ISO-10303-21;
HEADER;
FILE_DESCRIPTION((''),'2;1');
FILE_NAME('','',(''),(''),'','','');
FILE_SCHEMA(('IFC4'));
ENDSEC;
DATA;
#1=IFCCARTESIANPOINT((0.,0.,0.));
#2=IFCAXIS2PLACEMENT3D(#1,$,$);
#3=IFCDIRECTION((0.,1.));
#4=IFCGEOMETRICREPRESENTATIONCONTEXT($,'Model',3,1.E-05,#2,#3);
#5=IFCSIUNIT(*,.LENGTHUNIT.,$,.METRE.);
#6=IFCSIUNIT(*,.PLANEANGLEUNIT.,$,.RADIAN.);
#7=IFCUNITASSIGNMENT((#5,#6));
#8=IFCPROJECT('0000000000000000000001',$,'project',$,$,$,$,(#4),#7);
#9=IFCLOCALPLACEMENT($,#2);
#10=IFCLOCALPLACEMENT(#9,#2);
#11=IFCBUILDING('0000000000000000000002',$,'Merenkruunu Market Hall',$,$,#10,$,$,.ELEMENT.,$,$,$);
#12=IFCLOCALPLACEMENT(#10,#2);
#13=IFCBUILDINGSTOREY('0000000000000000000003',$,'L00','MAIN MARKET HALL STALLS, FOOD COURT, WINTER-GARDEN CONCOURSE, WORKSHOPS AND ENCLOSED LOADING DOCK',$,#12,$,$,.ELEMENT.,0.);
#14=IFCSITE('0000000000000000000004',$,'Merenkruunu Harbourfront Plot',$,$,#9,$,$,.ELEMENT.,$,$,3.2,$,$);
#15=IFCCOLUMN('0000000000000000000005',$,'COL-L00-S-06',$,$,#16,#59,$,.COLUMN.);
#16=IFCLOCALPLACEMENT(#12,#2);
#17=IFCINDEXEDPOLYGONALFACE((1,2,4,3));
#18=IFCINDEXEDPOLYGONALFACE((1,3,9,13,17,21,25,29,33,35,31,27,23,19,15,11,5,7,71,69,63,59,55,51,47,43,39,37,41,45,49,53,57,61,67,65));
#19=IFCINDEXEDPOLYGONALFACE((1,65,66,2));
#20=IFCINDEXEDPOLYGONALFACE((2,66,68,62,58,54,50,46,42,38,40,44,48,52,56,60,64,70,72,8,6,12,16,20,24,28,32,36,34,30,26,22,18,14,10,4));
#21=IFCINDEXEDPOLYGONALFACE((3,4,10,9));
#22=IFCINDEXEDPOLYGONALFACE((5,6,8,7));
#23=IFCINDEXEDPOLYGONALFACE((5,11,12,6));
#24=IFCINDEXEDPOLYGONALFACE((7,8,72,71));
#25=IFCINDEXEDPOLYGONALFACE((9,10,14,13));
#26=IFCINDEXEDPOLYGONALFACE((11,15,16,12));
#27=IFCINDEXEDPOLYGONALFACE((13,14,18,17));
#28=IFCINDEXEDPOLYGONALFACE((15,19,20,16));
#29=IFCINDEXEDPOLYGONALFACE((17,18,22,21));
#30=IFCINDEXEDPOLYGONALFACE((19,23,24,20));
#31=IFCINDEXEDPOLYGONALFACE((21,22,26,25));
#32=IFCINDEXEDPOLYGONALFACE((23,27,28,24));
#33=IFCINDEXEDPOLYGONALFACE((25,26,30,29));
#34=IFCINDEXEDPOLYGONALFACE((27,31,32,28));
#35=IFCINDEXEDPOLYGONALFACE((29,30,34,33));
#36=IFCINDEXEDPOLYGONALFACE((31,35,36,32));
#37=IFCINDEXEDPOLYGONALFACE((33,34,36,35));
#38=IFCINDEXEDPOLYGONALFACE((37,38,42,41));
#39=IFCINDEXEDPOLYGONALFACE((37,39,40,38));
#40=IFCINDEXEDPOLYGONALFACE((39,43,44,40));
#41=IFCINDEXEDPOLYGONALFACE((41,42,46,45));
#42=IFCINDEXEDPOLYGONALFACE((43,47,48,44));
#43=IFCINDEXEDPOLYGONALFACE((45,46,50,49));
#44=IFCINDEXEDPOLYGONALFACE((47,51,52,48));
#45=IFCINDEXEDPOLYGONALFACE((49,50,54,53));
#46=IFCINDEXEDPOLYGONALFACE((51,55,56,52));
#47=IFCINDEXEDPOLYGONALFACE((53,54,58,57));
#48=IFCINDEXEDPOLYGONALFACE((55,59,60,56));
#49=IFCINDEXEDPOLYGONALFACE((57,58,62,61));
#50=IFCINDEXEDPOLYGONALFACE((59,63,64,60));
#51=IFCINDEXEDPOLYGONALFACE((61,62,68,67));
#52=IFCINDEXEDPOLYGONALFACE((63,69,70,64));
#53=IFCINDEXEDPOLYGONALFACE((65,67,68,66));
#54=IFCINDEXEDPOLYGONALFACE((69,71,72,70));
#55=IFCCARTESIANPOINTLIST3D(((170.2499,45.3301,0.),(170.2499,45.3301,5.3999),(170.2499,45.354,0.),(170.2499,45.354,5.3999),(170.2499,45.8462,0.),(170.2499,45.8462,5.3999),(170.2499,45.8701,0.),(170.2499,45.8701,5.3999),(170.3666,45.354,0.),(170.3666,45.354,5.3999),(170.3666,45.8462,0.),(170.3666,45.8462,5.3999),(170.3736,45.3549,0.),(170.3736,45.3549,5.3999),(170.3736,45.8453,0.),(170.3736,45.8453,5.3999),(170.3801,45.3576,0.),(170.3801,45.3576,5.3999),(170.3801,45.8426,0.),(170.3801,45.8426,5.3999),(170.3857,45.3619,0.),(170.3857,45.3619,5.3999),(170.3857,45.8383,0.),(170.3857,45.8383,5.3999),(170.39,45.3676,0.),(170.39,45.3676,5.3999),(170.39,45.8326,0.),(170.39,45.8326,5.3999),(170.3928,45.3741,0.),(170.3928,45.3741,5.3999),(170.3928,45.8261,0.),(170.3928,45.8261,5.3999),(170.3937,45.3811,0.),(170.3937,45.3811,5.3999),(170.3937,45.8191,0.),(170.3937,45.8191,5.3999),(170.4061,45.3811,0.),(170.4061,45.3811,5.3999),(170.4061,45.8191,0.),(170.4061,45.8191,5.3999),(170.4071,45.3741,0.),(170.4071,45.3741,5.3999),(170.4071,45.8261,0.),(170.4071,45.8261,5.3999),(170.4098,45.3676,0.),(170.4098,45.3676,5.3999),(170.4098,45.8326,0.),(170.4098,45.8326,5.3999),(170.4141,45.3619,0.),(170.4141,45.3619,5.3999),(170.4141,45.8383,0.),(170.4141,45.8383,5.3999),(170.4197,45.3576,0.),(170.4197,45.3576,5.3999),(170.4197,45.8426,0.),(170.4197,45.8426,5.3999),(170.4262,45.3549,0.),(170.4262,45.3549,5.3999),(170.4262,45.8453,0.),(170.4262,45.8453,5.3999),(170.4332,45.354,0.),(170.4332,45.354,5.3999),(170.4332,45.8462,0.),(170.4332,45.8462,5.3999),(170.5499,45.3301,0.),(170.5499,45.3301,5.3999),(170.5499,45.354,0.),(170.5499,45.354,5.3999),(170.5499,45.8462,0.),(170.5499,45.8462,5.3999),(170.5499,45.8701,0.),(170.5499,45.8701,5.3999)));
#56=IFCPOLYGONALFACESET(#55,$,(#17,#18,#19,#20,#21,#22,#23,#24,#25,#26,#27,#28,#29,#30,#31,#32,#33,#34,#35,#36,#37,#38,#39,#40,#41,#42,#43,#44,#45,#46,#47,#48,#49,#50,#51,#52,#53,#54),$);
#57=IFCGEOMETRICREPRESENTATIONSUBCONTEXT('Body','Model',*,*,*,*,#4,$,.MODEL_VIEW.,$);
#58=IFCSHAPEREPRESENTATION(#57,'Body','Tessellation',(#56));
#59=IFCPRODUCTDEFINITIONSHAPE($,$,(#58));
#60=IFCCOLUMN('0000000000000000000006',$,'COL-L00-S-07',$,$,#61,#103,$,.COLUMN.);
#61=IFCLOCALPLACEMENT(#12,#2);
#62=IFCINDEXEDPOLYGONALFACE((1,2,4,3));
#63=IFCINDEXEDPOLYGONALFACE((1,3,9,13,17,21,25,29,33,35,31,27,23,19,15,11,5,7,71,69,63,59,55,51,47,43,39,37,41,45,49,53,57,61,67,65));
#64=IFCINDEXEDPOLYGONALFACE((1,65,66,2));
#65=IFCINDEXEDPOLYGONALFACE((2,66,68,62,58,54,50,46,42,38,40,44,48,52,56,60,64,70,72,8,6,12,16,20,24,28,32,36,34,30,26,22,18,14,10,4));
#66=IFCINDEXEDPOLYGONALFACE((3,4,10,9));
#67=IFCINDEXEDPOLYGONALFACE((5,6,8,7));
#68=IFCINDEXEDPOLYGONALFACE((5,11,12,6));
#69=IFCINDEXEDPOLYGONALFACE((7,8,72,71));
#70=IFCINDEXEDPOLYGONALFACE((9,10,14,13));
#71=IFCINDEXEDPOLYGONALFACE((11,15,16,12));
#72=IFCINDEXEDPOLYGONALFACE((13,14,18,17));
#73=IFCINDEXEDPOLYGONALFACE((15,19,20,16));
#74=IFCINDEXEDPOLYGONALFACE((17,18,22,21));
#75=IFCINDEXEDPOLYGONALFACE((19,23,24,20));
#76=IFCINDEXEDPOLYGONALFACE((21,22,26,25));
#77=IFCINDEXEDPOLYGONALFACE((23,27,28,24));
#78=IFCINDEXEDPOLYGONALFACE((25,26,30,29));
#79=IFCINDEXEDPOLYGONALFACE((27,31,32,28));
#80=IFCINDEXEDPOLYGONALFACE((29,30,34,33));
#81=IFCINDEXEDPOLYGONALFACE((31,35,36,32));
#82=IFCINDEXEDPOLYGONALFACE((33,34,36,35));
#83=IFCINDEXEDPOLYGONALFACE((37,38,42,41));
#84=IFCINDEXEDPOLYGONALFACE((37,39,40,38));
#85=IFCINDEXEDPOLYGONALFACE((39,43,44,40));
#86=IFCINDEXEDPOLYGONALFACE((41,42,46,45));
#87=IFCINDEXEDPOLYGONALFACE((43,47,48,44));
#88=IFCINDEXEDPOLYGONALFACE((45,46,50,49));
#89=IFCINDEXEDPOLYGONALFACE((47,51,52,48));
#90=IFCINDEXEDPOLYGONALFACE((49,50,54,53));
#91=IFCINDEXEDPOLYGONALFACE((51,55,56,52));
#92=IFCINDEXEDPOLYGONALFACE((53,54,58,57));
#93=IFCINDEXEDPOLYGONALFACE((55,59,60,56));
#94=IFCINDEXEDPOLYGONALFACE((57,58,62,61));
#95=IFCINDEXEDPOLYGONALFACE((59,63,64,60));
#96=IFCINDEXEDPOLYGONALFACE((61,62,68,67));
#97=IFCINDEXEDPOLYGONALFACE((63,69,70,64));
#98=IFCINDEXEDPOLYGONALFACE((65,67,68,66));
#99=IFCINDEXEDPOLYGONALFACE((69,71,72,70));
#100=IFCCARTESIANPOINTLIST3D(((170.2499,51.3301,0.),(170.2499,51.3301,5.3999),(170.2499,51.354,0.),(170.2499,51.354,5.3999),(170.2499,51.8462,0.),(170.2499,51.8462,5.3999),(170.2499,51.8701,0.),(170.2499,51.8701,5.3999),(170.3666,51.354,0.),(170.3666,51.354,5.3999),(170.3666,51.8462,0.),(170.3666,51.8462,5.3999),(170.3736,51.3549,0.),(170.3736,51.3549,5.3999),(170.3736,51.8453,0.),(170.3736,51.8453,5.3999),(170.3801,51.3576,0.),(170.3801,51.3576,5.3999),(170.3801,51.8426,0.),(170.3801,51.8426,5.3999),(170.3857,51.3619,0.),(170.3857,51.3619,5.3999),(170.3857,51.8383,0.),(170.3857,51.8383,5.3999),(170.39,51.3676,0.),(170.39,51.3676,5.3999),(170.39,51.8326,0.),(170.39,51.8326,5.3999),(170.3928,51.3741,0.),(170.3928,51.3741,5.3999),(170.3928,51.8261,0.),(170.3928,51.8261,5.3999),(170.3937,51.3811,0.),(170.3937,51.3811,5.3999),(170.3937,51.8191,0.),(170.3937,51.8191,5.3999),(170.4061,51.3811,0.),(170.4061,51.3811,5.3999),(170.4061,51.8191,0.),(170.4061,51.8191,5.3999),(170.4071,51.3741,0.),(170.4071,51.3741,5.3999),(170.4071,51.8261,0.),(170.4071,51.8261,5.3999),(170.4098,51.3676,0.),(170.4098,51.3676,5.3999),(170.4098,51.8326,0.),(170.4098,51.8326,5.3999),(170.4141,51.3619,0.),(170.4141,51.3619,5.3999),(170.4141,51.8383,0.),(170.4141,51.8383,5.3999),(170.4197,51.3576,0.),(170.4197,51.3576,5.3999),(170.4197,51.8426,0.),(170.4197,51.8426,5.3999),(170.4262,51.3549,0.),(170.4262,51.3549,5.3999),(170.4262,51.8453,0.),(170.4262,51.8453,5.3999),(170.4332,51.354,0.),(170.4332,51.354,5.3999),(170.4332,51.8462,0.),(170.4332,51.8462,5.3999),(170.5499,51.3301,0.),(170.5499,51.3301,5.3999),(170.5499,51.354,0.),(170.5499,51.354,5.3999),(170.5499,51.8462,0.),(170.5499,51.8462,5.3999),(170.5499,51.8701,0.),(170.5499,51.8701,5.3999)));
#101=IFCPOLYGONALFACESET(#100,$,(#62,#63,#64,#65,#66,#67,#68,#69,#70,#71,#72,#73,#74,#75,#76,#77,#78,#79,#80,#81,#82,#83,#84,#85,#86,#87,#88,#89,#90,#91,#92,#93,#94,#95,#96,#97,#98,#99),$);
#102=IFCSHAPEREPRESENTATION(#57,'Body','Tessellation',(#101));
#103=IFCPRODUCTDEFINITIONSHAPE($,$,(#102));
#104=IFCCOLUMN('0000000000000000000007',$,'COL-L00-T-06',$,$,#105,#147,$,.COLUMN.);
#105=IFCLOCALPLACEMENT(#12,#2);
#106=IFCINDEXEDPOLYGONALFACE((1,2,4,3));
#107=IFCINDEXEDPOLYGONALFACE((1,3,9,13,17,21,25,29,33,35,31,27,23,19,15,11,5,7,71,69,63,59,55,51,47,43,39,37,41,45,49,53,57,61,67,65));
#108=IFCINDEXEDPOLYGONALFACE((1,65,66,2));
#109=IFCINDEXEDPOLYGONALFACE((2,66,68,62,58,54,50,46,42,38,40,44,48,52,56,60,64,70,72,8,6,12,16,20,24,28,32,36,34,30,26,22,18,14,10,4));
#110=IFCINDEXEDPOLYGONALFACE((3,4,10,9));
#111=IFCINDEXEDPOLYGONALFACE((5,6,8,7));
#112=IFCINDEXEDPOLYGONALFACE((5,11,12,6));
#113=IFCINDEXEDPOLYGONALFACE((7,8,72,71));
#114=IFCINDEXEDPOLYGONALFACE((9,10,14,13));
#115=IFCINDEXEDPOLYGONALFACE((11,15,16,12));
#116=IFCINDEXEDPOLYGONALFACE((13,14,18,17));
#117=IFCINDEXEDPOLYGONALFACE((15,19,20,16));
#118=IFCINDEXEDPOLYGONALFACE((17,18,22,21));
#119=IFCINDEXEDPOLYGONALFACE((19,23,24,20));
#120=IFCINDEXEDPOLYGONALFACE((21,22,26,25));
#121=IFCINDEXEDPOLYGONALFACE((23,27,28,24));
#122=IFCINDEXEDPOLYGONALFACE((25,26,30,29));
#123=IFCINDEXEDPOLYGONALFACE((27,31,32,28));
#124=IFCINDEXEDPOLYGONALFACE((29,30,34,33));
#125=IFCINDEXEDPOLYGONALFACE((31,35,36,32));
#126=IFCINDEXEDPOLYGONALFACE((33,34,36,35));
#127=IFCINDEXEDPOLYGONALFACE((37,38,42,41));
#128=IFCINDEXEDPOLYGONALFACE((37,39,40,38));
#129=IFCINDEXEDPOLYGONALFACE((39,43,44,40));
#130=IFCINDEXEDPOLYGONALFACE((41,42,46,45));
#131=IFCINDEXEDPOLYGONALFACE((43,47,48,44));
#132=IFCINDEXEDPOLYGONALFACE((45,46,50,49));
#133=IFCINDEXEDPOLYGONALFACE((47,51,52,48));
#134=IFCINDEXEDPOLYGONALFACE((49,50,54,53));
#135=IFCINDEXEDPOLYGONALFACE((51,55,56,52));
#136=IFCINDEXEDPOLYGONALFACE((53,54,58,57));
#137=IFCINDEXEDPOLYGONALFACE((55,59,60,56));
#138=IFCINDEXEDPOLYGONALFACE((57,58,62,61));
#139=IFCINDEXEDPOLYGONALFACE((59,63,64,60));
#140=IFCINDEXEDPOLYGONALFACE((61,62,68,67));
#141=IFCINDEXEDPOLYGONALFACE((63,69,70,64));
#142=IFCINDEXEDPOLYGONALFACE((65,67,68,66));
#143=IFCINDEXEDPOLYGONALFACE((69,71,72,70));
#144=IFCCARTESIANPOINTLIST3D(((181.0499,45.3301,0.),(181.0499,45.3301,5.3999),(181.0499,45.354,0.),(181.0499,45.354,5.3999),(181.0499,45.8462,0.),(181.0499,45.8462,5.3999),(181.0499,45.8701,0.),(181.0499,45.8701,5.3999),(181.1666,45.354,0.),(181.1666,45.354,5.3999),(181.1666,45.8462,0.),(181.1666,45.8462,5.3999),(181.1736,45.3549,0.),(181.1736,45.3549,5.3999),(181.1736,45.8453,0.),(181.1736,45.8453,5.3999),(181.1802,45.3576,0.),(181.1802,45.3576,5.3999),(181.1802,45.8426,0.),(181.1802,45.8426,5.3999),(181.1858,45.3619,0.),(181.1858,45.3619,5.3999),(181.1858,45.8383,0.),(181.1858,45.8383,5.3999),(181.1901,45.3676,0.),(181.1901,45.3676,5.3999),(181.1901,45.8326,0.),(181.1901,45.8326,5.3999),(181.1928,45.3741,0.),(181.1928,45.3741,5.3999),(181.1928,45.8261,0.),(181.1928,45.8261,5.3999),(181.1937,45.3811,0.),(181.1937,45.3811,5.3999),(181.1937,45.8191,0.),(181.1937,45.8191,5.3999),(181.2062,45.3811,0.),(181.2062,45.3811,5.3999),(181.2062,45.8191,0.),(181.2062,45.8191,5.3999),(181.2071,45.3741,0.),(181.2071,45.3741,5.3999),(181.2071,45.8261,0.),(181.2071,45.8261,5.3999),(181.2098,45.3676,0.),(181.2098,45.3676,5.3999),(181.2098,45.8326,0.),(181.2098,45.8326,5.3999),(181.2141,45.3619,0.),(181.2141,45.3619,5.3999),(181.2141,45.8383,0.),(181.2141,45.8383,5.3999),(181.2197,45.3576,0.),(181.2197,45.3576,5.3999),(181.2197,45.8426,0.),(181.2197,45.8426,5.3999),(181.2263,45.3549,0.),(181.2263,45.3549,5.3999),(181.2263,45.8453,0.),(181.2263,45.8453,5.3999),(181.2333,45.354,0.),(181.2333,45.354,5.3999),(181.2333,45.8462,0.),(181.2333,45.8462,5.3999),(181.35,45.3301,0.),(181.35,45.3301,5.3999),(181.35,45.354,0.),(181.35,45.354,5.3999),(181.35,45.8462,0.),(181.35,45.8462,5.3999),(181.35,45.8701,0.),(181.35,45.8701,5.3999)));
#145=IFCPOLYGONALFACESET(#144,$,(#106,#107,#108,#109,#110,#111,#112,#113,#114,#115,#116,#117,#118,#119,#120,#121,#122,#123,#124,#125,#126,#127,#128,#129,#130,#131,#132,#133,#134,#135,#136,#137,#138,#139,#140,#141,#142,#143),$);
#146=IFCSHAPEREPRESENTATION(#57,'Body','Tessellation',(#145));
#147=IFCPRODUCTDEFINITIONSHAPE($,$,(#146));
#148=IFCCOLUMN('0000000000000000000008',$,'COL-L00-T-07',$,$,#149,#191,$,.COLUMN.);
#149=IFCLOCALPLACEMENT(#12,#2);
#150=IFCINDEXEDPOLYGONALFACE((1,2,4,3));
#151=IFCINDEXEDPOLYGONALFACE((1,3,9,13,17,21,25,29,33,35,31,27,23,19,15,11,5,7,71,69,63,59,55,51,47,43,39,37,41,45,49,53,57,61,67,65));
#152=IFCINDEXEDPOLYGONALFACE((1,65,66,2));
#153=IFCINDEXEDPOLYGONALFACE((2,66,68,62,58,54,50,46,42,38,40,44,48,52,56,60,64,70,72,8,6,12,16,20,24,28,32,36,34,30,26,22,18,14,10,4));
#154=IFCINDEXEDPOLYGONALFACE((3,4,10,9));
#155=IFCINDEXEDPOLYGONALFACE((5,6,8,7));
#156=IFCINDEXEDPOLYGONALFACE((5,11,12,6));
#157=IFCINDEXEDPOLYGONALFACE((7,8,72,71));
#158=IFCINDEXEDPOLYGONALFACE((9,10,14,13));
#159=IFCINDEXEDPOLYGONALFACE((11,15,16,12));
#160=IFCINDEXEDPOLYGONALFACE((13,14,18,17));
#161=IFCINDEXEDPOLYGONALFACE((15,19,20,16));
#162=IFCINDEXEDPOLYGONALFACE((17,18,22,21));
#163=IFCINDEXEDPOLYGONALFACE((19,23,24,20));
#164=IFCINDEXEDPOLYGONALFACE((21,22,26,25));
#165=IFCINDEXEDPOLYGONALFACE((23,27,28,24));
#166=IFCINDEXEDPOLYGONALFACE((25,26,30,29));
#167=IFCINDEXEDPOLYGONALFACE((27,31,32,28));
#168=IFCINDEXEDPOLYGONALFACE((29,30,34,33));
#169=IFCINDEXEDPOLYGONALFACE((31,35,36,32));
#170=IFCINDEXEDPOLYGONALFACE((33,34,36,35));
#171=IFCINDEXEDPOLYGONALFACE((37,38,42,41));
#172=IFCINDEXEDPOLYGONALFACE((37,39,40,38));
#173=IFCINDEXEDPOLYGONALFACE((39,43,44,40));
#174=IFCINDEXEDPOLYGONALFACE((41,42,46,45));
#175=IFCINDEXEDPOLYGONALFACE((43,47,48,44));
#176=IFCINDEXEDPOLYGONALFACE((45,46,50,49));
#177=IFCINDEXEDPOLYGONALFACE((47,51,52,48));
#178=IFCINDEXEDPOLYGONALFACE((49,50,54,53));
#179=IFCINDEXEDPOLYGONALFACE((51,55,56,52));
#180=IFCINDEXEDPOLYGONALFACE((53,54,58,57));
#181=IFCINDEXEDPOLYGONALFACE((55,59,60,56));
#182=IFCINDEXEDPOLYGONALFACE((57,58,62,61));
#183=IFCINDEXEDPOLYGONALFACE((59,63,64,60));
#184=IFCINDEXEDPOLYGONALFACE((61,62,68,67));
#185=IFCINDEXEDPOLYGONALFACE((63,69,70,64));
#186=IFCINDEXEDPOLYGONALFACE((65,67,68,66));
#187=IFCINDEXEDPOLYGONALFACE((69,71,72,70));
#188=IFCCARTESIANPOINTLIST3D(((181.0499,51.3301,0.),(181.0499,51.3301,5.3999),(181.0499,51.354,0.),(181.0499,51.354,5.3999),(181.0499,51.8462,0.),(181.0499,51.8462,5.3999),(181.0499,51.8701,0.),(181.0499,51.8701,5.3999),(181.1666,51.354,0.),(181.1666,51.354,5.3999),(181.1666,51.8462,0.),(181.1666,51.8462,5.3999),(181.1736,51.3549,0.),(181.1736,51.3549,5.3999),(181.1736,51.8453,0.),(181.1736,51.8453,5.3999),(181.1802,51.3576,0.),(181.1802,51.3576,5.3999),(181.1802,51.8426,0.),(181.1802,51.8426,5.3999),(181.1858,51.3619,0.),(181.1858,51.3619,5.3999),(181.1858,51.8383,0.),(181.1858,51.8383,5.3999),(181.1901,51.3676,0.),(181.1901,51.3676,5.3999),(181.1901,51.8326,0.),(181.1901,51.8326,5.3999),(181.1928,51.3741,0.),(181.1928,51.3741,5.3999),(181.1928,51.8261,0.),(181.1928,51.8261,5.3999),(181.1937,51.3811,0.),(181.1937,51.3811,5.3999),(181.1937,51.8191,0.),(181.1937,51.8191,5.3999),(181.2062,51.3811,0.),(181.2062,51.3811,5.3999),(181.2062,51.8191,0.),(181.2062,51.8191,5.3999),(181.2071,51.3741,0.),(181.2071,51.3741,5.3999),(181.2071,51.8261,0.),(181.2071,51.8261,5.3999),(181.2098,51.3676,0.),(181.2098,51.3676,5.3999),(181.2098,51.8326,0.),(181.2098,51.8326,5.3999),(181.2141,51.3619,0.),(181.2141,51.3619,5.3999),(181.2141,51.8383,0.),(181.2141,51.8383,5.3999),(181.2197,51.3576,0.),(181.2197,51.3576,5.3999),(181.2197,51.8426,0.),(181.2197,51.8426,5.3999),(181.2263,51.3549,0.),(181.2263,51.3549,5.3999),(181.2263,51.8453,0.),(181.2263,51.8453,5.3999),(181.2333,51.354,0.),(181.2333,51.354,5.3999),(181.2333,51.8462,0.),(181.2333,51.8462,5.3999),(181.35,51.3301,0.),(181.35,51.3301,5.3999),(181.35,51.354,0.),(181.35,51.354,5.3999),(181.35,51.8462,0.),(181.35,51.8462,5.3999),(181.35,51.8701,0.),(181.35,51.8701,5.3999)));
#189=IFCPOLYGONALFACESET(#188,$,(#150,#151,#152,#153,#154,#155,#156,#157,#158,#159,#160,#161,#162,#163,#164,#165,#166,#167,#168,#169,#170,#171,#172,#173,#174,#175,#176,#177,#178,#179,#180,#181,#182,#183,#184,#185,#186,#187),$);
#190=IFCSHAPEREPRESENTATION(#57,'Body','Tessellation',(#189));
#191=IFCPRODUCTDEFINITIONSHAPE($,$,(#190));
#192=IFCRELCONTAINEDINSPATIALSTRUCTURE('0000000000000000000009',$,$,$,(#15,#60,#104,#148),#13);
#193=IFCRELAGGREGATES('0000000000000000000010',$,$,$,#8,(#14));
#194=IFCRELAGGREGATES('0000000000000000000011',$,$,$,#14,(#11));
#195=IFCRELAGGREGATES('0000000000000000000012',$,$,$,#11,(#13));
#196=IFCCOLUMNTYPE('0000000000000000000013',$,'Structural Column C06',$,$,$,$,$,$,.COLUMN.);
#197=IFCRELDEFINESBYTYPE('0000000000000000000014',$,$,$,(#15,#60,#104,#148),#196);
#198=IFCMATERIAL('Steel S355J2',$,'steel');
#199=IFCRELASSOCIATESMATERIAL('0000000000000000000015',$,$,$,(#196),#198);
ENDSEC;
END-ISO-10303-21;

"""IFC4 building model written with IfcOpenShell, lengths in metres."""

from ifc_helpers import new_model, si_unit, direction, frame, origin, origin_2d, place, context, subcontext, project, spatial, i_section, extrude, material, material_profile, profile_set, type_object, element, save


model = new_model("IFC4")

# Units and contexts
model_context = context("Model", 3, precision=1e-05, world=origin(), true_north=direction((0.0, 1.0)))
body_context = subcontext(model_context, "Body", "Model", "MODEL_VIEW")
ifc_project = project(units=[si_unit("LENGTHUNIT", "METRE"), si_unit("PLANEANGLEUNIT", "RADIAN")], contexts=[model_context])

# Site, building, storey
site_placement = place(None, origin())
site = spatial("IfcSite", under=ifc_project, at=site_placement, Name="Merenkruunu Harbourfront Plot", CompositionType="ELEMENT", RefElevation=3.2)
building_placement = place(site_placement, origin())
building = spatial("IfcBuilding", under=site, at=building_placement, Name="Merenkruunu Market Hall", CompositionType="ELEMENT")
storey_placement = place(building_placement, origin())
storey = spatial("IfcBuildingStorey", under=building, at=storey_placement, Name="L00", Description="MAIN MARKET HALL STALLS, FOOD COURT, WINTER-GARDEN CONCOURSE, WORKSHOPS AND ENCLOSED LOADING DOCK", CompositionType="ELEMENT", Elevation=0.0)

# Columns
ifc_material_1 = material(Name="Steel S355J2", Category="steel")
ifc_material_profile_1 = material_profile(ifc_material_1, i_section(OverallWidth=0.3, OverallDepth=0.54, WebThickness=0.0125, FlangeThickness=0.0239, FilletRadius=0.0271, at=origin_2d()), Name="HEA 550")
ifc_profile_set_1 = profile_set([ifc_material_profile_1], Name="Steel S355J2")
column_type = type_object("IfcColumnType", Name="Structural Column C06", PredefinedType="COLUMN", material=ifc_profile_set_1)
for number, where, z_axis, x_axis, name in (
    (1, (170.3999, 45.6001, 0.0), (0.0, 0.0, 1.0), (1.0, 0.0, 0.0), "COL-L00-S-06"),
    (2, (170.3999, 51.6001, 0.0), (0.0, 0.0, 1.0), (1.0, 0.0, 0.0), "COL-L00-S-07"),
    (3, (181.2, 45.6001, 0.0), (0.0, 0.0, 1.0), (1.0, 0.0, 0.0), "COL-L00-T-06"),
    (4, (181.2, 51.6001, 0.0), (0.0, 0.0, 1.0), (1.0, 0.0, 0.0), "COL-L00-T-07"),
):
    element("IfcColumn", number, at=place(storey_placement, frame(where, z_axis=z_axis, x_axis=x_axis)), inside=storey, type_object=column_type, Name=name, PredefinedType="COLUMN", context=body_context, shape_type="SweptSolid", body=[
        extrude(i_section(OverallWidth=0.3, OverallDepth=0.54, WebThickness=0.0125, FlangeThickness=0.0239, FilletRadius=0.0271, at=origin_2d()), origin(), (0.0, 0.0, 1.0), 5.3999),
    ])

save(model, "model.ifc")
